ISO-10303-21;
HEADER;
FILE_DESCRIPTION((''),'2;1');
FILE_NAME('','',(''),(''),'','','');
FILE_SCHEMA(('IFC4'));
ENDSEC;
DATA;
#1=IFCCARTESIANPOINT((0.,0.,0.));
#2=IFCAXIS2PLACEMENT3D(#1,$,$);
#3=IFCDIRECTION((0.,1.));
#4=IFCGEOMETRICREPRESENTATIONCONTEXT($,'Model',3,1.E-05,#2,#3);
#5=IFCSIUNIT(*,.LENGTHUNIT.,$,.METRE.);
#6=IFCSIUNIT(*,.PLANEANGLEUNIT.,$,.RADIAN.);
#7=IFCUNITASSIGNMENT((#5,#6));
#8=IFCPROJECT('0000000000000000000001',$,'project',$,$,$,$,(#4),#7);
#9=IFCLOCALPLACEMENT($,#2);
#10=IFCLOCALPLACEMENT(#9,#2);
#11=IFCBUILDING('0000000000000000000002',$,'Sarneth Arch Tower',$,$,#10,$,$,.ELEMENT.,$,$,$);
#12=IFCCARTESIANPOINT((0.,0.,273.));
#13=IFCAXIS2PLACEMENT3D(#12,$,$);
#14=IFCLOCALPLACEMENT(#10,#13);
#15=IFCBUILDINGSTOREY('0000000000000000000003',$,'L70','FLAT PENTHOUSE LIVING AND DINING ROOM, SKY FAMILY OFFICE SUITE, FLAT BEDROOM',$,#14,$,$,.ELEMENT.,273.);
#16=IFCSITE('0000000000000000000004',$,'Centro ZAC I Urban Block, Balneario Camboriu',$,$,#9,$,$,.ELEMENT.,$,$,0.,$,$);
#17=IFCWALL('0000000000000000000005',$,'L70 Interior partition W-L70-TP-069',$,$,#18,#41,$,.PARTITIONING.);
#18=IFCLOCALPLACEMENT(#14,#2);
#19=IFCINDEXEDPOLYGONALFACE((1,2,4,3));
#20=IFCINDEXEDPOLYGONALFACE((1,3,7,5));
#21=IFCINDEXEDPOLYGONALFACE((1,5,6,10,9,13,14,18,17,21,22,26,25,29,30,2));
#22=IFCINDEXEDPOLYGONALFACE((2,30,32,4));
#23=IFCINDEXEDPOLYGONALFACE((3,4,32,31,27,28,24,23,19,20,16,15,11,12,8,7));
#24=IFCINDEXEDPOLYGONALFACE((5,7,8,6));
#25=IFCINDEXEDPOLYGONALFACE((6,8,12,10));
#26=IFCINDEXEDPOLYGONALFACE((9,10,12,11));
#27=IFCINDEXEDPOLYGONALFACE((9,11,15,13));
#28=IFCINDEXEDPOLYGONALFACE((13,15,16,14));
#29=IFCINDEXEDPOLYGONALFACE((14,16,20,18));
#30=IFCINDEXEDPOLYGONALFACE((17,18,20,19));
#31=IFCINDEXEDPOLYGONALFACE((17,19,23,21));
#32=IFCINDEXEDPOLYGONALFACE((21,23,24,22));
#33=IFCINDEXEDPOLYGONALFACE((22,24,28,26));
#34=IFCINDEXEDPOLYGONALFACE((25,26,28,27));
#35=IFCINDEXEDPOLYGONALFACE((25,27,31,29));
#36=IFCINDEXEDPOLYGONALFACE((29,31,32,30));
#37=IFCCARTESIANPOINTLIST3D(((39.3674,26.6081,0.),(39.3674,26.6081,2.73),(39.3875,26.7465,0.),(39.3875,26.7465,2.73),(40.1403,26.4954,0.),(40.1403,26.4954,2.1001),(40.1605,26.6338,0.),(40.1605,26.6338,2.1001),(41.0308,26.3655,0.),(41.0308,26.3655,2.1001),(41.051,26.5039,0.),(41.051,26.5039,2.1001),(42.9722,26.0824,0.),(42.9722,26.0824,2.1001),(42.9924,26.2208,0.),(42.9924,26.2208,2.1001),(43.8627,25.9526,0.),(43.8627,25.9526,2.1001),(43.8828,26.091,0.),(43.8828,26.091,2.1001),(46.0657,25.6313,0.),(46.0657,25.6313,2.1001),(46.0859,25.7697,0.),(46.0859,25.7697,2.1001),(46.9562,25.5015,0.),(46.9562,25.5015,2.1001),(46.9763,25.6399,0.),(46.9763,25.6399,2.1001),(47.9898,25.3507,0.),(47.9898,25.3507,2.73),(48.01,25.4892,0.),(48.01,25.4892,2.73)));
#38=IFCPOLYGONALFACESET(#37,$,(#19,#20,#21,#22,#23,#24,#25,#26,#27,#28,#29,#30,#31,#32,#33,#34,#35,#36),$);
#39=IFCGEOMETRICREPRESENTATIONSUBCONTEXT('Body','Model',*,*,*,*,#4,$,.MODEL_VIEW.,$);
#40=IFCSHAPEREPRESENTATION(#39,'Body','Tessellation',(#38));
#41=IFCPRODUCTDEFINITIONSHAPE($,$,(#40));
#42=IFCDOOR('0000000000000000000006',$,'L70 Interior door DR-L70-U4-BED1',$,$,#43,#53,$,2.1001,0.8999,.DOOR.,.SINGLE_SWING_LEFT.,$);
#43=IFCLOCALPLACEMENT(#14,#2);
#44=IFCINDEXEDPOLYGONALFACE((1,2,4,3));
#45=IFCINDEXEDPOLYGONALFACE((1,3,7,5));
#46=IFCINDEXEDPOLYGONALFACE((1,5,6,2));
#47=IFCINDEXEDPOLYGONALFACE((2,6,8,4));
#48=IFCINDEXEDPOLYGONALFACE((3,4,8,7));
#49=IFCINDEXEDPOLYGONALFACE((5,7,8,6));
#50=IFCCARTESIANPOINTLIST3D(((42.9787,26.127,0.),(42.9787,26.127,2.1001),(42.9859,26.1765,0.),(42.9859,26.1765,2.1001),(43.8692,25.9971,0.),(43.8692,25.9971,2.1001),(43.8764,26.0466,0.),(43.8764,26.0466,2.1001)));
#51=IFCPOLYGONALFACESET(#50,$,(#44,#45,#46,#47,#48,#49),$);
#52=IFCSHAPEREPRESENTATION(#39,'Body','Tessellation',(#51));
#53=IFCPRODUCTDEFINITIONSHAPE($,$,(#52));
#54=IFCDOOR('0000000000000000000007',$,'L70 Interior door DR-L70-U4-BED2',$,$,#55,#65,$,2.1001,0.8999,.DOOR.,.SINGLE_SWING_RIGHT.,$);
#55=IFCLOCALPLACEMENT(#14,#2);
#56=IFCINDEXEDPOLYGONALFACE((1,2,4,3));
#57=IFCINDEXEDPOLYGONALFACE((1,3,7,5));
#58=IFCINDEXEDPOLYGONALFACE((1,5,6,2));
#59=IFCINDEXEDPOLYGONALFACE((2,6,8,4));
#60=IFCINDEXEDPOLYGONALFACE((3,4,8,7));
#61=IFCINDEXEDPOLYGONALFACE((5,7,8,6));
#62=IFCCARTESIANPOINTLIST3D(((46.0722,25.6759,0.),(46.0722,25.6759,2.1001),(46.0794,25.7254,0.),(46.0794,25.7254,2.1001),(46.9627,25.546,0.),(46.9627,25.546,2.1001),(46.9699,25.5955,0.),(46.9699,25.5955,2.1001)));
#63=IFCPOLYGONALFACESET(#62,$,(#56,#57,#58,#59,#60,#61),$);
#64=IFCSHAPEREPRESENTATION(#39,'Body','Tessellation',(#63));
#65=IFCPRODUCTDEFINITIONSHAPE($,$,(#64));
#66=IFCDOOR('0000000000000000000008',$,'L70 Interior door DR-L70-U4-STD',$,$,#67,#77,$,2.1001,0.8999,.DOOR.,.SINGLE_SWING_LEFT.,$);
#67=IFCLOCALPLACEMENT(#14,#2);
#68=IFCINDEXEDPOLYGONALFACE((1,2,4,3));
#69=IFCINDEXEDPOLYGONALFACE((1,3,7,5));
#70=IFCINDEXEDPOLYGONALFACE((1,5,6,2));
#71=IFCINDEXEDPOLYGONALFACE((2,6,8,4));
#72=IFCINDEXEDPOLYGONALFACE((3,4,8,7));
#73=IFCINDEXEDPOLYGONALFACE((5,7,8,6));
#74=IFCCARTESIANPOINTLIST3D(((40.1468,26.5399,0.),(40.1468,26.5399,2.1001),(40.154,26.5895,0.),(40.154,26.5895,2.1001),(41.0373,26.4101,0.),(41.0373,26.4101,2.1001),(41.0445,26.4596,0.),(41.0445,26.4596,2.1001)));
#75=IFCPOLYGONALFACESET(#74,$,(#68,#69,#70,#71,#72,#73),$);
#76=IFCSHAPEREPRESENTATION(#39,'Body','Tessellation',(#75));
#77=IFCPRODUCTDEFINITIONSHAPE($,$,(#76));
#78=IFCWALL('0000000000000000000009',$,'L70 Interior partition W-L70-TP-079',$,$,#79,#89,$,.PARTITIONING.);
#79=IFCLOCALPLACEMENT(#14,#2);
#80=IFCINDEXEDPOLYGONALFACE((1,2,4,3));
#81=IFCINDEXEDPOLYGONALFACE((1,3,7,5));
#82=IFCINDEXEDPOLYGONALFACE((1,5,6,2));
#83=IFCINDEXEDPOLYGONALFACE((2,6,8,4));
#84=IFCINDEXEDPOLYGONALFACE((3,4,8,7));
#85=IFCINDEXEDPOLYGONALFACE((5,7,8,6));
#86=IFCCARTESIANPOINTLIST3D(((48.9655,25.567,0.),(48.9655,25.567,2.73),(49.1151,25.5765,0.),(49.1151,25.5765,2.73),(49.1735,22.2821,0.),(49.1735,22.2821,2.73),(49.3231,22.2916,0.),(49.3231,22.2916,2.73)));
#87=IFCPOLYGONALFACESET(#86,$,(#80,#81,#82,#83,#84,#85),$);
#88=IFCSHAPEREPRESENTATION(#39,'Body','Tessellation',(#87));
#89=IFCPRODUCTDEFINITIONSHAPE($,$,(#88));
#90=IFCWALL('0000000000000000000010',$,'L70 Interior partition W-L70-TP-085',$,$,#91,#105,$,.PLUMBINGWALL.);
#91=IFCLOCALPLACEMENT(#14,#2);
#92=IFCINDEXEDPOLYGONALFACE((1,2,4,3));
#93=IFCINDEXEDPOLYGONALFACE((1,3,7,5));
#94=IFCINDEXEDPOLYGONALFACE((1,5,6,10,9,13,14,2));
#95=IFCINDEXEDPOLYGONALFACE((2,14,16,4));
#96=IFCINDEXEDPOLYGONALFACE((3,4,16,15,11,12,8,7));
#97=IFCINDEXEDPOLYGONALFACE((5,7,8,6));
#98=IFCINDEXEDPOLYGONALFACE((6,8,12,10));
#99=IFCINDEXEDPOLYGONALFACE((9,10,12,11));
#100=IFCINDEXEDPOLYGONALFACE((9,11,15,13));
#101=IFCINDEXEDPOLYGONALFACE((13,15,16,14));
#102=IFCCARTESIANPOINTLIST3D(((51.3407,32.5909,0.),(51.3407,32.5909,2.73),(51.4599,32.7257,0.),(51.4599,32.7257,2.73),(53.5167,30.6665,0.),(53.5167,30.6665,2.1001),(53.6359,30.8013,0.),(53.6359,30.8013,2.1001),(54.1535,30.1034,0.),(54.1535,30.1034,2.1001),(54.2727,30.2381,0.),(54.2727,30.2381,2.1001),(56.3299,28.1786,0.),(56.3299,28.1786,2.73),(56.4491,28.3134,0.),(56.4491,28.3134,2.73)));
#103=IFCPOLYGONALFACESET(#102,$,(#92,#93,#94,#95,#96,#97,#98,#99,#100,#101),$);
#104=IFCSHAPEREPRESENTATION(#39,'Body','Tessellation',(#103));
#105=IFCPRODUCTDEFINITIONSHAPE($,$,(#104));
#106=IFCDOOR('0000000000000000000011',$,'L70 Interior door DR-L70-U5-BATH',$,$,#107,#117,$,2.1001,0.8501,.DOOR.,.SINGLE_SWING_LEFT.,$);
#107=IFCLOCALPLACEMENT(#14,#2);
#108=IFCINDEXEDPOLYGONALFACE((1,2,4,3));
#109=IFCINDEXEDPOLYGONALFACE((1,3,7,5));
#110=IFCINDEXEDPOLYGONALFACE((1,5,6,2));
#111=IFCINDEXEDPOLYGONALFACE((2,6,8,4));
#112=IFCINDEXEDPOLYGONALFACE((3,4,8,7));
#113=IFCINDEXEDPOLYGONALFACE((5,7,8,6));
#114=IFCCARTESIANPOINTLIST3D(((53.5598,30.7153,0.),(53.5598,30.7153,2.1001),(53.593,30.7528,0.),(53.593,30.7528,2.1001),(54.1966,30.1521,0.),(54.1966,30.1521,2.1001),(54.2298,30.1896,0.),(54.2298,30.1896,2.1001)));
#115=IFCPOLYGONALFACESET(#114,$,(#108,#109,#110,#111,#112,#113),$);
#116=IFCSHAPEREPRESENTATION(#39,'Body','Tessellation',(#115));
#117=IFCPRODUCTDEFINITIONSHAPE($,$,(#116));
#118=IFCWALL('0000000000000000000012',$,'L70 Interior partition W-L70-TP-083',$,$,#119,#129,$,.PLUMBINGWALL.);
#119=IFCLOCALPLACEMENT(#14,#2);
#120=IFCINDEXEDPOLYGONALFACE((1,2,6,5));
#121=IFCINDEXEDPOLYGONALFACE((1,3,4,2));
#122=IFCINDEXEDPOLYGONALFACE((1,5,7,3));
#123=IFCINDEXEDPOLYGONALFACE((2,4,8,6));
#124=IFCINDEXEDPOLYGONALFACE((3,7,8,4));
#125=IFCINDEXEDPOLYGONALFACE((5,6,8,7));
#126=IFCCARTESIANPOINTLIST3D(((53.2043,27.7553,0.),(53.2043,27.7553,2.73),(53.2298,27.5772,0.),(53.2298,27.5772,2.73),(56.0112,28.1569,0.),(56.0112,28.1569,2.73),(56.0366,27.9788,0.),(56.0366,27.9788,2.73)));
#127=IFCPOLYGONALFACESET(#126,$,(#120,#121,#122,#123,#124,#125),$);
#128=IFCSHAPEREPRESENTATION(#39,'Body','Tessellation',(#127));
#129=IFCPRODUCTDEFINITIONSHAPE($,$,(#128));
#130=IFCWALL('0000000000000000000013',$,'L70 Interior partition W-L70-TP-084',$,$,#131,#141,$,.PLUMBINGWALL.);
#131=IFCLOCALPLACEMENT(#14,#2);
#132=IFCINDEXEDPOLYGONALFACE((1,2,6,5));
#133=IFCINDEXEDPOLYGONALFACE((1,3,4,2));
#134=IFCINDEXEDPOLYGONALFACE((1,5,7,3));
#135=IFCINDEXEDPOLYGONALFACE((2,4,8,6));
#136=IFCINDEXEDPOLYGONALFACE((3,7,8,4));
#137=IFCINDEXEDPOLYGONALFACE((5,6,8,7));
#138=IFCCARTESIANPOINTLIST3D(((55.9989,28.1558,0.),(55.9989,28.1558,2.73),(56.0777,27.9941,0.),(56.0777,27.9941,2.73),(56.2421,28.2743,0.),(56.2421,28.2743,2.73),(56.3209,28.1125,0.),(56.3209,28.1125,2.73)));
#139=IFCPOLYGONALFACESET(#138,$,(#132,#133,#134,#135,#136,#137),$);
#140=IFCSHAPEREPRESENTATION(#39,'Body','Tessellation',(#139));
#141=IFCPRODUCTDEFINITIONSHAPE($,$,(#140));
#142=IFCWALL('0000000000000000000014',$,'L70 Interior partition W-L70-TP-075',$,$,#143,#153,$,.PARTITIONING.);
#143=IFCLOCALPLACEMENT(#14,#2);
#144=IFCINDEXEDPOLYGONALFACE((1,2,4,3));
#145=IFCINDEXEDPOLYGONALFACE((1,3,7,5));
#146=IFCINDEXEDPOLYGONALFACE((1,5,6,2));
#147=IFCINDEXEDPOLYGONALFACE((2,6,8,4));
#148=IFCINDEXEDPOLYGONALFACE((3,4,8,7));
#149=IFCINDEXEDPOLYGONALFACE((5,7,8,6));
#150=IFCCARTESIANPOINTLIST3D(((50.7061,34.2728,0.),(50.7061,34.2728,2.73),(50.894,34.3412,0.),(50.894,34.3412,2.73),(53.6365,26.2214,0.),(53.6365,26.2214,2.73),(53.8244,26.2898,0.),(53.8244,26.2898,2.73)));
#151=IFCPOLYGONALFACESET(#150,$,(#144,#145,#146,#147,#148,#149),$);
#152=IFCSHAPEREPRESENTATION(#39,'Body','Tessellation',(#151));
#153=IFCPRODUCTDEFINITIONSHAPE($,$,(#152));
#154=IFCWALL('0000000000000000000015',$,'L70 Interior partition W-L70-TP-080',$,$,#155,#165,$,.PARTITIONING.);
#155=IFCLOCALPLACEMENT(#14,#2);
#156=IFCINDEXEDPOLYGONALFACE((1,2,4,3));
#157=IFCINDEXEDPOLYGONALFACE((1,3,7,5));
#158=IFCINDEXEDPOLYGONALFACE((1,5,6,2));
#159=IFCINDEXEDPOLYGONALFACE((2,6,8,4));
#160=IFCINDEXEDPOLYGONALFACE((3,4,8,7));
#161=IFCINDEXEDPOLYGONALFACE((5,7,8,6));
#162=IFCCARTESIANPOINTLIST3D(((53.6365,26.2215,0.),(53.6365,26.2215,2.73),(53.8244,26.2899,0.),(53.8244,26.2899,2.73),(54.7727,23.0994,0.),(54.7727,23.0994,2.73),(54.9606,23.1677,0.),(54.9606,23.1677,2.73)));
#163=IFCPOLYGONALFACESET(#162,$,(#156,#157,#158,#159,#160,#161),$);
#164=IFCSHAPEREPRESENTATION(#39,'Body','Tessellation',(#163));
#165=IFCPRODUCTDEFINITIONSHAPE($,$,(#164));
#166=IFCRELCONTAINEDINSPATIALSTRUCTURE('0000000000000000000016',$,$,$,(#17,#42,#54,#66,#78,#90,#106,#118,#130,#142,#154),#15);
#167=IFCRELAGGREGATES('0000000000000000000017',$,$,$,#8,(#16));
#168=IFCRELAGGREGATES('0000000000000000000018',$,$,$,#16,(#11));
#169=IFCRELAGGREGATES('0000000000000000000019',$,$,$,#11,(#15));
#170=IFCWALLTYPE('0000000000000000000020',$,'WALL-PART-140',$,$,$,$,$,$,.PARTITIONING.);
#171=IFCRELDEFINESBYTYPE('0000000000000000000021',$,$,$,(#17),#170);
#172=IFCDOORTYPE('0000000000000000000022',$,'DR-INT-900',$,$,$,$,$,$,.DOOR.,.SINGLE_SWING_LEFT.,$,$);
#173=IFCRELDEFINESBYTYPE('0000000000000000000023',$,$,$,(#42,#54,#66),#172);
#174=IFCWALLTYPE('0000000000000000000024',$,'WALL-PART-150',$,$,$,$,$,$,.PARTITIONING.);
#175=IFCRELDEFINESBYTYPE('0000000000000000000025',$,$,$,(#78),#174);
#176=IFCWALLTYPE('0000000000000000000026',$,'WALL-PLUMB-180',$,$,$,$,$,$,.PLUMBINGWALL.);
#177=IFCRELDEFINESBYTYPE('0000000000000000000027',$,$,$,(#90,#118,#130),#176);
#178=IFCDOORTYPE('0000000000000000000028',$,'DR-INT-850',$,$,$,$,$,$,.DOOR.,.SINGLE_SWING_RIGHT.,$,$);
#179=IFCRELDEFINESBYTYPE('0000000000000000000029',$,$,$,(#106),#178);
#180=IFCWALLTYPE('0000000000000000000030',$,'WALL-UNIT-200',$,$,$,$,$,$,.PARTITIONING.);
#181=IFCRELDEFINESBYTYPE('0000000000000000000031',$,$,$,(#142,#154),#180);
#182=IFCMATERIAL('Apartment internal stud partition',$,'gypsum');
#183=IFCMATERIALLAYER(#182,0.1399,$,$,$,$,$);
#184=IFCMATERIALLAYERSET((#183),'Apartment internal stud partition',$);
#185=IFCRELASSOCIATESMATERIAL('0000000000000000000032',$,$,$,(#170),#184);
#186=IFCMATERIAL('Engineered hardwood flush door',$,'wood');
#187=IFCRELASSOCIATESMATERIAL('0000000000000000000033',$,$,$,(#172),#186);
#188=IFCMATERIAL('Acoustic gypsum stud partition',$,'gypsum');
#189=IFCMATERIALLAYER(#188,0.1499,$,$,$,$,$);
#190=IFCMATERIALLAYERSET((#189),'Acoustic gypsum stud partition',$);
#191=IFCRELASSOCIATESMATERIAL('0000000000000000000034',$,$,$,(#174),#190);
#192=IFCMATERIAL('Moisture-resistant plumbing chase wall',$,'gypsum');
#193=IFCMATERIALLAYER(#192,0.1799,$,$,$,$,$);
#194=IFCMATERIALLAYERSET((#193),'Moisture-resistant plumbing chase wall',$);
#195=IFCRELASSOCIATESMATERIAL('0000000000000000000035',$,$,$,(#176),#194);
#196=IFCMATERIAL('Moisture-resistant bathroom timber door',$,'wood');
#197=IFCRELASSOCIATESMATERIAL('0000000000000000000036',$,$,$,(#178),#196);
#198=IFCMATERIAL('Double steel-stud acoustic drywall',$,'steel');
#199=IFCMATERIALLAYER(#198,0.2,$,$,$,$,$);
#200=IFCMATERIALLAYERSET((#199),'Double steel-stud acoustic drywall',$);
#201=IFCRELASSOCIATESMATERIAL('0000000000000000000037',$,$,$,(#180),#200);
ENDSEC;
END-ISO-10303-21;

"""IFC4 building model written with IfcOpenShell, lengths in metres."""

from ifc_helpers import new_model, si_unit, direction, frame, frame_2d, origin, place, context, subcontext, project, spatial, rectangle, extrude, material, layer, layer_set, type_object, element, fill, save


model = new_model("IFC4")

# Units and contexts
model_context = context("Model", 3, precision=1e-05, world=origin(), true_north=direction((0.0, 1.0)))
body_context = subcontext(model_context, "Body", "Model", "MODEL_VIEW")
ifc_project = project(units=[si_unit("LENGTHUNIT", "METRE"), si_unit("PLANEANGLEUNIT", "RADIAN")], contexts=[model_context])

# Site, building, storey
site_placement = place(None, origin())
site = spatial("IfcSite", under=ifc_project, at=site_placement, Name="Centro ZAC I Urban Block, Balneario Camboriu", CompositionType="ELEMENT", RefElevation=0.0)
building_placement = place(site_placement, origin())
building = spatial("IfcBuilding", under=site, at=building_placement, Name="Sarneth Arch Tower", CompositionType="ELEMENT")
storey_placement = place(building_placement, frame((0.0, 0.0, 273.0)))
storey = spatial("IfcBuildingStorey", under=building, at=storey_placement, Name="L70", Description="FLAT PENTHOUSE LIVING AND DINING ROOM, SKY FAMILY OFFICE SUITE, FLAT BEDROOM", CompositionType="ELEMENT", Elevation=273.0)

# Shared definitions
ifc_material_1 = material(Name="Apartment internal stud partition", Category="gypsum")
ifc_layer_1 = layer(ifc_material_1, 0.1399)
ifc_layer_set_1 = layer_set([ifc_layer_1], Name="Apartment internal stud partition")
wall_type_1 = type_object("IfcWallType", Name="WALL-PART-140", PredefinedType="PARTITIONING", material=ifc_layer_set_1)
ifc_material_2 = material(Name="Engineered hardwood flush door", Category="wood")
door_type_1 = type_object("IfcDoorType", Name="DR-INT-900", OperationType="SINGLE_SWING_LEFT", PredefinedType="DOOR", material=ifc_material_2)

# Wall, openings, doors
wall_1_placement = place(storey_placement, frame((48.0, 25.4199, 0.0), z_axis=(0.0, 0.0, 1.0), x_axis=(-0.989535, 0.144296, 0.0)))
wall_1 = element("IfcWall", 1, at=wall_1_placement, inside=storey, type_object=wall_type_1, Name="L70 Interior partition W-L70-TP-069", PredefinedType="PARTITIONING", context=body_context, shape_type="SweptSolid", body=[
    extrude(rectangle(XDim=8.7136, YDim=0.1399, at=frame_2d((4.3569, 0.0))), origin(), (0.0, 0.0, 1.0), 2.73),
])
opening_1_placement = place(wall_1_placement, frame((4.1709, 0.0, 0.0)))
opening_1 = element("IfcOpeningElement", 2, at=opening_1_placement, cuts=wall_1, PredefinedType="OPENING", context=body_context, shape_type="SweptSolid", body=[
    extrude(rectangle(XDim=0.8999, YDim=2.1001, at=frame_2d((0.45, 1.05))), frame((0.0, 0.0798, 0.0), z_axis=(0.0, -1.0, 0.0), x_axis=(1.0, 0.0, 0.0)), (0.0, 0.0, 1.0), 0.1599),
])
opening_2_placement = place(wall_1_placement, frame((1.0447, 0.0, 0.0)))
opening_2 = element("IfcOpeningElement", 3, at=opening_2_placement, cuts=wall_1, PredefinedType="OPENING", context=body_context, shape_type="SweptSolid", body=[
    extrude(rectangle(XDim=0.8999, YDim=2.1001, at=frame_2d((0.45, 1.05))), frame((0.0, 0.0798, 0.0), z_axis=(0.0, -1.0, 0.0), x_axis=(1.0, 0.0, 0.0)), (0.0, 0.0, 1.0), 0.1599),
])
opening_3_placement = place(wall_1_placement, frame((7.0327, 0.0, 0.0)))
opening_3 = element("IfcOpeningElement", 4, at=opening_3_placement, cuts=wall_1, PredefinedType="OPENING", context=body_context, shape_type="SweptSolid", body=[
    extrude(rectangle(XDim=0.8999, YDim=2.1001, at=frame_2d((0.45, 1.05))), frame((0.0, 0.0798, 0.0), z_axis=(0.0, -1.0, 0.0), x_axis=(1.0, 0.0, 0.0)), (0.0, 0.0, 1.0), 0.1599),
])
door_1_placement = place(opening_1_placement, origin())
door_1 = element("IfcDoor", 5, at=door_1_placement, inside=storey, type_object=door_type_1, Name="L70 Interior door DR-L70-U4-BED1", OperationType="SINGLE_SWING_LEFT", OverallHeight=2.1001, OverallWidth=0.8999, PredefinedType="DOOR", context=body_context, shape_type="SweptSolid", body=[
    extrude(rectangle(XDim=0.8999, YDim=2.1001, at=frame_2d((0.45, 1.05))), frame((0.0, 0.0249, 0.0), z_axis=(0.0, -1.0, 0.0), x_axis=(1.0, 0.0, 0.0)), (0.0, 0.0, 1.0), 0.05),
])
fill(opening_1, door_1)
door_2_placement = place(opening_2_placement, origin())
door_2 = element("IfcDoor", 6, at=door_2_placement, inside=storey, type_object=door_type_1, Name="L70 Interior door DR-L70-U4-BED2", OperationType="SINGLE_SWING_RIGHT", OverallHeight=2.1001, OverallWidth=0.8999, PredefinedType="DOOR", context=body_context, shape_type="SweptSolid", body=[
    extrude(rectangle(XDim=0.8999, YDim=2.1001, at=frame_2d((0.45, 1.05))), frame((0.0, 0.0249, 0.0), z_axis=(0.0, -1.0, 0.0), x_axis=(1.0, 0.0, 0.0)), (0.0, 0.0, 1.0), 0.05),
])
fill(opening_2, door_2)
door_3_placement = place(opening_3_placement, origin())
door_3 = element("IfcDoor", 7, at=door_3_placement, inside=storey, type_object=door_type_1, Name="L70 Interior door DR-L70-U4-STD", OperationType="SINGLE_SWING_LEFT", OverallHeight=2.1001, OverallWidth=0.8999, PredefinedType="DOOR", context=body_context, shape_type="SweptSolid", body=[
    extrude(rectangle(XDim=0.8999, YDim=2.1001, at=frame_2d((0.45, 1.05))), frame((0.0, 0.0249, 0.0), z_axis=(0.0, -1.0, 0.0), x_axis=(1.0, 0.0, 0.0)), (0.0, 0.0, 1.0), 0.05),
])
fill(opening_3, door_3)

# Wall
ifc_material_3 = material(Name="Acoustic gypsum stud partition", Category="gypsum")
ifc_layer_2 = layer(ifc_material_3, 0.1499)
ifc_layer_set_2 = layer_set([ifc_layer_2], Name="Acoustic gypsum stud partition")
wall_type_2 = type_object("IfcWallType", Name="WALL-PART-150", PredefinedType="PARTITIONING", material=ifc_layer_set_2)
wall_2_placement = place(storey_placement, frame((49.0403, 25.5718, 0.0), z_axis=(0.0, 0.0, 1.0), x_axis=(0.063196, -0.998001, 0.0)))
element("IfcWall", 8, at=wall_2_placement, inside=storey, type_object=wall_type_2, Name="L70 Interior partition W-L70-TP-079", PredefinedType="PARTITIONING", context=body_context, shape_type="SweptSolid", body=[
    extrude(rectangle(XDim=3.2915, YDim=0.1499, at=frame_2d((1.6458, 0.0))), origin(), (0.0, 0.0, 1.0), 2.73),
])

# Wall, opening, door
ifc_material_4 = material(Name="Moisture-resistant plumbing chase wall", Category="gypsum")
ifc_layer_3 = layer(ifc_material_4, 0.1799)
ifc_layer_set_3 = layer_set([ifc_layer_3], Name="Moisture-resistant plumbing chase wall")
wall_type_3 = type_object("IfcWallType", Name="WALL-PLUMB-180", PredefinedType="PLUMBINGWALL", material=ifc_layer_set_3)
wall_3_placement = place(storey_placement, frame((56.3894, 28.2461, 0.0), z_axis=(0.0, 0.0, 1.0), x_axis=(-0.749088, 0.662471, 0.0)))
wall_3 = element("IfcWall", 9, at=wall_3_placement, inside=storey, type_object=wall_type_3, Name="L70 Interior partition W-L70-TP-085", PredefinedType="PLUMBINGWALL", context=body_context, shape_type="SweptSolid", body=[
    extrude(rectangle(XDim=6.6604, YDim=0.1799, at=frame_2d((3.3301, 0.0))), origin(), (0.0, 0.0, 1.0), 2.73),
])
opening_4_placement = place(wall_3_placement, frame((2.9053, 0.0, 0.0)))
opening_4 = element("IfcOpeningElement", 10, at=opening_4_placement, cuts=wall_3, PredefinedType="OPENING", context=body_context, shape_type="SweptSolid", body=[
    extrude(rectangle(XDim=0.8501, YDim=2.1001, at=frame_2d((0.425, 1.05))), frame((0.0, 0.0999, 0.0), z_axis=(0.0, -1.0, 0.0), x_axis=(1.0, 0.0, 0.0)), (0.0, 0.0, 1.0), 0.2),
])
ifc_material_5 = material(Name="Moisture-resistant bathroom timber door", Category="wood")
door_type_2 = type_object("IfcDoorType", Name="DR-INT-850", OperationType="SINGLE_SWING_RIGHT", PredefinedType="DOOR", material=ifc_material_5)
door_4_placement = place(opening_4_placement, origin())
door_4 = element("IfcDoor", 11, at=door_4_placement, inside=storey, type_object=door_type_2, Name="L70 Interior door DR-L70-U5-BATH", OperationType="SINGLE_SWING_LEFT", OverallHeight=2.1001, OverallWidth=0.8501, PredefinedType="DOOR", context=body_context, shape_type="SweptSolid", body=[
    extrude(rectangle(XDim=0.8501, YDim=2.1001, at=frame_2d((0.425, 1.05))), frame((0.0, 0.0249, 0.0), z_axis=(0.0, -1.0, 0.0), x_axis=(1.0, 0.0, 0.0)), (0.0, 0.0, 1.0), 0.05),
])
fill(opening_4, door_4)

# Walls
wall_4_placement = place(storey_placement, frame((53.217, 27.6663, 0.0), z_axis=(0.0, 0.0, 1.0), x_axis=(0.989918, 0.141638, 0.0)))
element("IfcWall", 12, at=wall_4_placement, inside=storey, type_object=wall_type_3, Name="L70 Interior partition W-L70-TP-083", PredefinedType="PLUMBINGWALL", context=body_context, shape_type="SweptSolid", body=[
    extrude(rectangle(XDim=2.8354, YDim=0.1799, at=frame_2d((1.4177, 0.0))), origin(), (0.0, 0.0, 1.0), 2.73),
])
wall_5_placement = place(storey_placement, frame((56.0383, 28.075, 0.0), z_axis=(0.0, 0.0, 1.0), x_axis=(0.899072, 0.437801, 0.0)))
element("IfcWall", 13, at=wall_5_placement, inside=storey, type_object=wall_type_3, Name="L70 Interior partition W-L70-TP-084", PredefinedType="PLUMBINGWALL", context=body_context, shape_type="SweptSolid", body=[
    extrude(rectangle(XDim=0.2705, YDim=0.1799, at=frame_2d((0.1353, 0.0))), origin(), (0.0, 0.0, 1.0), 2.73),
])
ifc_material_6 = material(Name="Double steel-stud acoustic drywall", Category="steel")
ifc_layer_4 = layer(ifc_material_6, 0.2)
ifc_layer_set_4 = layer_set([ifc_layer_4], Name="Double steel-stud acoustic drywall")
wall_type_4 = type_object("IfcWallType", Name="WALL-UNIT-200", PredefinedType="PARTITIONING", material=ifc_layer_set_4)
wall_6_placement = place(storey_placement, frame((50.8, 34.3071, 0.0), z_axis=(0.0, 0.0, 1.0), x_axis=(0.342011, -0.939696, 0.0)))
element("IfcWall", 14, at=wall_6_placement, inside=storey, type_object=wall_type_4, Name="L70 Interior partition W-L70-TP-075", PredefinedType="PARTITIONING", context=body_context, shape_type="SweptSolid", body=[
    extrude(rectangle(XDim=8.5681, YDim=0.2, at=frame_2d((4.2842, 0.0))), origin(), (0.0, 0.0, 1.0), 2.73),
])
wall_7_placement = place(storey_placement, frame((53.7305, 26.2556, 0.0), z_axis=(0.0, 0.0, 1.0), x_axis=(0.341991, -0.939703, 0.0)))
element("IfcWall", 15, at=wall_7_placement, inside=storey, type_object=wall_type_4, Name="L70 Interior partition W-L70-TP-080", PredefinedType="PARTITIONING", context=body_context, shape_type="SweptSolid", body=[
    extrude(rectangle(XDim=3.3225, YDim=0.2, at=frame_2d((1.6611, 0.0))), origin(), (0.0, 0.0, 1.0), 2.73),
])

save(model, "model.ifc")
